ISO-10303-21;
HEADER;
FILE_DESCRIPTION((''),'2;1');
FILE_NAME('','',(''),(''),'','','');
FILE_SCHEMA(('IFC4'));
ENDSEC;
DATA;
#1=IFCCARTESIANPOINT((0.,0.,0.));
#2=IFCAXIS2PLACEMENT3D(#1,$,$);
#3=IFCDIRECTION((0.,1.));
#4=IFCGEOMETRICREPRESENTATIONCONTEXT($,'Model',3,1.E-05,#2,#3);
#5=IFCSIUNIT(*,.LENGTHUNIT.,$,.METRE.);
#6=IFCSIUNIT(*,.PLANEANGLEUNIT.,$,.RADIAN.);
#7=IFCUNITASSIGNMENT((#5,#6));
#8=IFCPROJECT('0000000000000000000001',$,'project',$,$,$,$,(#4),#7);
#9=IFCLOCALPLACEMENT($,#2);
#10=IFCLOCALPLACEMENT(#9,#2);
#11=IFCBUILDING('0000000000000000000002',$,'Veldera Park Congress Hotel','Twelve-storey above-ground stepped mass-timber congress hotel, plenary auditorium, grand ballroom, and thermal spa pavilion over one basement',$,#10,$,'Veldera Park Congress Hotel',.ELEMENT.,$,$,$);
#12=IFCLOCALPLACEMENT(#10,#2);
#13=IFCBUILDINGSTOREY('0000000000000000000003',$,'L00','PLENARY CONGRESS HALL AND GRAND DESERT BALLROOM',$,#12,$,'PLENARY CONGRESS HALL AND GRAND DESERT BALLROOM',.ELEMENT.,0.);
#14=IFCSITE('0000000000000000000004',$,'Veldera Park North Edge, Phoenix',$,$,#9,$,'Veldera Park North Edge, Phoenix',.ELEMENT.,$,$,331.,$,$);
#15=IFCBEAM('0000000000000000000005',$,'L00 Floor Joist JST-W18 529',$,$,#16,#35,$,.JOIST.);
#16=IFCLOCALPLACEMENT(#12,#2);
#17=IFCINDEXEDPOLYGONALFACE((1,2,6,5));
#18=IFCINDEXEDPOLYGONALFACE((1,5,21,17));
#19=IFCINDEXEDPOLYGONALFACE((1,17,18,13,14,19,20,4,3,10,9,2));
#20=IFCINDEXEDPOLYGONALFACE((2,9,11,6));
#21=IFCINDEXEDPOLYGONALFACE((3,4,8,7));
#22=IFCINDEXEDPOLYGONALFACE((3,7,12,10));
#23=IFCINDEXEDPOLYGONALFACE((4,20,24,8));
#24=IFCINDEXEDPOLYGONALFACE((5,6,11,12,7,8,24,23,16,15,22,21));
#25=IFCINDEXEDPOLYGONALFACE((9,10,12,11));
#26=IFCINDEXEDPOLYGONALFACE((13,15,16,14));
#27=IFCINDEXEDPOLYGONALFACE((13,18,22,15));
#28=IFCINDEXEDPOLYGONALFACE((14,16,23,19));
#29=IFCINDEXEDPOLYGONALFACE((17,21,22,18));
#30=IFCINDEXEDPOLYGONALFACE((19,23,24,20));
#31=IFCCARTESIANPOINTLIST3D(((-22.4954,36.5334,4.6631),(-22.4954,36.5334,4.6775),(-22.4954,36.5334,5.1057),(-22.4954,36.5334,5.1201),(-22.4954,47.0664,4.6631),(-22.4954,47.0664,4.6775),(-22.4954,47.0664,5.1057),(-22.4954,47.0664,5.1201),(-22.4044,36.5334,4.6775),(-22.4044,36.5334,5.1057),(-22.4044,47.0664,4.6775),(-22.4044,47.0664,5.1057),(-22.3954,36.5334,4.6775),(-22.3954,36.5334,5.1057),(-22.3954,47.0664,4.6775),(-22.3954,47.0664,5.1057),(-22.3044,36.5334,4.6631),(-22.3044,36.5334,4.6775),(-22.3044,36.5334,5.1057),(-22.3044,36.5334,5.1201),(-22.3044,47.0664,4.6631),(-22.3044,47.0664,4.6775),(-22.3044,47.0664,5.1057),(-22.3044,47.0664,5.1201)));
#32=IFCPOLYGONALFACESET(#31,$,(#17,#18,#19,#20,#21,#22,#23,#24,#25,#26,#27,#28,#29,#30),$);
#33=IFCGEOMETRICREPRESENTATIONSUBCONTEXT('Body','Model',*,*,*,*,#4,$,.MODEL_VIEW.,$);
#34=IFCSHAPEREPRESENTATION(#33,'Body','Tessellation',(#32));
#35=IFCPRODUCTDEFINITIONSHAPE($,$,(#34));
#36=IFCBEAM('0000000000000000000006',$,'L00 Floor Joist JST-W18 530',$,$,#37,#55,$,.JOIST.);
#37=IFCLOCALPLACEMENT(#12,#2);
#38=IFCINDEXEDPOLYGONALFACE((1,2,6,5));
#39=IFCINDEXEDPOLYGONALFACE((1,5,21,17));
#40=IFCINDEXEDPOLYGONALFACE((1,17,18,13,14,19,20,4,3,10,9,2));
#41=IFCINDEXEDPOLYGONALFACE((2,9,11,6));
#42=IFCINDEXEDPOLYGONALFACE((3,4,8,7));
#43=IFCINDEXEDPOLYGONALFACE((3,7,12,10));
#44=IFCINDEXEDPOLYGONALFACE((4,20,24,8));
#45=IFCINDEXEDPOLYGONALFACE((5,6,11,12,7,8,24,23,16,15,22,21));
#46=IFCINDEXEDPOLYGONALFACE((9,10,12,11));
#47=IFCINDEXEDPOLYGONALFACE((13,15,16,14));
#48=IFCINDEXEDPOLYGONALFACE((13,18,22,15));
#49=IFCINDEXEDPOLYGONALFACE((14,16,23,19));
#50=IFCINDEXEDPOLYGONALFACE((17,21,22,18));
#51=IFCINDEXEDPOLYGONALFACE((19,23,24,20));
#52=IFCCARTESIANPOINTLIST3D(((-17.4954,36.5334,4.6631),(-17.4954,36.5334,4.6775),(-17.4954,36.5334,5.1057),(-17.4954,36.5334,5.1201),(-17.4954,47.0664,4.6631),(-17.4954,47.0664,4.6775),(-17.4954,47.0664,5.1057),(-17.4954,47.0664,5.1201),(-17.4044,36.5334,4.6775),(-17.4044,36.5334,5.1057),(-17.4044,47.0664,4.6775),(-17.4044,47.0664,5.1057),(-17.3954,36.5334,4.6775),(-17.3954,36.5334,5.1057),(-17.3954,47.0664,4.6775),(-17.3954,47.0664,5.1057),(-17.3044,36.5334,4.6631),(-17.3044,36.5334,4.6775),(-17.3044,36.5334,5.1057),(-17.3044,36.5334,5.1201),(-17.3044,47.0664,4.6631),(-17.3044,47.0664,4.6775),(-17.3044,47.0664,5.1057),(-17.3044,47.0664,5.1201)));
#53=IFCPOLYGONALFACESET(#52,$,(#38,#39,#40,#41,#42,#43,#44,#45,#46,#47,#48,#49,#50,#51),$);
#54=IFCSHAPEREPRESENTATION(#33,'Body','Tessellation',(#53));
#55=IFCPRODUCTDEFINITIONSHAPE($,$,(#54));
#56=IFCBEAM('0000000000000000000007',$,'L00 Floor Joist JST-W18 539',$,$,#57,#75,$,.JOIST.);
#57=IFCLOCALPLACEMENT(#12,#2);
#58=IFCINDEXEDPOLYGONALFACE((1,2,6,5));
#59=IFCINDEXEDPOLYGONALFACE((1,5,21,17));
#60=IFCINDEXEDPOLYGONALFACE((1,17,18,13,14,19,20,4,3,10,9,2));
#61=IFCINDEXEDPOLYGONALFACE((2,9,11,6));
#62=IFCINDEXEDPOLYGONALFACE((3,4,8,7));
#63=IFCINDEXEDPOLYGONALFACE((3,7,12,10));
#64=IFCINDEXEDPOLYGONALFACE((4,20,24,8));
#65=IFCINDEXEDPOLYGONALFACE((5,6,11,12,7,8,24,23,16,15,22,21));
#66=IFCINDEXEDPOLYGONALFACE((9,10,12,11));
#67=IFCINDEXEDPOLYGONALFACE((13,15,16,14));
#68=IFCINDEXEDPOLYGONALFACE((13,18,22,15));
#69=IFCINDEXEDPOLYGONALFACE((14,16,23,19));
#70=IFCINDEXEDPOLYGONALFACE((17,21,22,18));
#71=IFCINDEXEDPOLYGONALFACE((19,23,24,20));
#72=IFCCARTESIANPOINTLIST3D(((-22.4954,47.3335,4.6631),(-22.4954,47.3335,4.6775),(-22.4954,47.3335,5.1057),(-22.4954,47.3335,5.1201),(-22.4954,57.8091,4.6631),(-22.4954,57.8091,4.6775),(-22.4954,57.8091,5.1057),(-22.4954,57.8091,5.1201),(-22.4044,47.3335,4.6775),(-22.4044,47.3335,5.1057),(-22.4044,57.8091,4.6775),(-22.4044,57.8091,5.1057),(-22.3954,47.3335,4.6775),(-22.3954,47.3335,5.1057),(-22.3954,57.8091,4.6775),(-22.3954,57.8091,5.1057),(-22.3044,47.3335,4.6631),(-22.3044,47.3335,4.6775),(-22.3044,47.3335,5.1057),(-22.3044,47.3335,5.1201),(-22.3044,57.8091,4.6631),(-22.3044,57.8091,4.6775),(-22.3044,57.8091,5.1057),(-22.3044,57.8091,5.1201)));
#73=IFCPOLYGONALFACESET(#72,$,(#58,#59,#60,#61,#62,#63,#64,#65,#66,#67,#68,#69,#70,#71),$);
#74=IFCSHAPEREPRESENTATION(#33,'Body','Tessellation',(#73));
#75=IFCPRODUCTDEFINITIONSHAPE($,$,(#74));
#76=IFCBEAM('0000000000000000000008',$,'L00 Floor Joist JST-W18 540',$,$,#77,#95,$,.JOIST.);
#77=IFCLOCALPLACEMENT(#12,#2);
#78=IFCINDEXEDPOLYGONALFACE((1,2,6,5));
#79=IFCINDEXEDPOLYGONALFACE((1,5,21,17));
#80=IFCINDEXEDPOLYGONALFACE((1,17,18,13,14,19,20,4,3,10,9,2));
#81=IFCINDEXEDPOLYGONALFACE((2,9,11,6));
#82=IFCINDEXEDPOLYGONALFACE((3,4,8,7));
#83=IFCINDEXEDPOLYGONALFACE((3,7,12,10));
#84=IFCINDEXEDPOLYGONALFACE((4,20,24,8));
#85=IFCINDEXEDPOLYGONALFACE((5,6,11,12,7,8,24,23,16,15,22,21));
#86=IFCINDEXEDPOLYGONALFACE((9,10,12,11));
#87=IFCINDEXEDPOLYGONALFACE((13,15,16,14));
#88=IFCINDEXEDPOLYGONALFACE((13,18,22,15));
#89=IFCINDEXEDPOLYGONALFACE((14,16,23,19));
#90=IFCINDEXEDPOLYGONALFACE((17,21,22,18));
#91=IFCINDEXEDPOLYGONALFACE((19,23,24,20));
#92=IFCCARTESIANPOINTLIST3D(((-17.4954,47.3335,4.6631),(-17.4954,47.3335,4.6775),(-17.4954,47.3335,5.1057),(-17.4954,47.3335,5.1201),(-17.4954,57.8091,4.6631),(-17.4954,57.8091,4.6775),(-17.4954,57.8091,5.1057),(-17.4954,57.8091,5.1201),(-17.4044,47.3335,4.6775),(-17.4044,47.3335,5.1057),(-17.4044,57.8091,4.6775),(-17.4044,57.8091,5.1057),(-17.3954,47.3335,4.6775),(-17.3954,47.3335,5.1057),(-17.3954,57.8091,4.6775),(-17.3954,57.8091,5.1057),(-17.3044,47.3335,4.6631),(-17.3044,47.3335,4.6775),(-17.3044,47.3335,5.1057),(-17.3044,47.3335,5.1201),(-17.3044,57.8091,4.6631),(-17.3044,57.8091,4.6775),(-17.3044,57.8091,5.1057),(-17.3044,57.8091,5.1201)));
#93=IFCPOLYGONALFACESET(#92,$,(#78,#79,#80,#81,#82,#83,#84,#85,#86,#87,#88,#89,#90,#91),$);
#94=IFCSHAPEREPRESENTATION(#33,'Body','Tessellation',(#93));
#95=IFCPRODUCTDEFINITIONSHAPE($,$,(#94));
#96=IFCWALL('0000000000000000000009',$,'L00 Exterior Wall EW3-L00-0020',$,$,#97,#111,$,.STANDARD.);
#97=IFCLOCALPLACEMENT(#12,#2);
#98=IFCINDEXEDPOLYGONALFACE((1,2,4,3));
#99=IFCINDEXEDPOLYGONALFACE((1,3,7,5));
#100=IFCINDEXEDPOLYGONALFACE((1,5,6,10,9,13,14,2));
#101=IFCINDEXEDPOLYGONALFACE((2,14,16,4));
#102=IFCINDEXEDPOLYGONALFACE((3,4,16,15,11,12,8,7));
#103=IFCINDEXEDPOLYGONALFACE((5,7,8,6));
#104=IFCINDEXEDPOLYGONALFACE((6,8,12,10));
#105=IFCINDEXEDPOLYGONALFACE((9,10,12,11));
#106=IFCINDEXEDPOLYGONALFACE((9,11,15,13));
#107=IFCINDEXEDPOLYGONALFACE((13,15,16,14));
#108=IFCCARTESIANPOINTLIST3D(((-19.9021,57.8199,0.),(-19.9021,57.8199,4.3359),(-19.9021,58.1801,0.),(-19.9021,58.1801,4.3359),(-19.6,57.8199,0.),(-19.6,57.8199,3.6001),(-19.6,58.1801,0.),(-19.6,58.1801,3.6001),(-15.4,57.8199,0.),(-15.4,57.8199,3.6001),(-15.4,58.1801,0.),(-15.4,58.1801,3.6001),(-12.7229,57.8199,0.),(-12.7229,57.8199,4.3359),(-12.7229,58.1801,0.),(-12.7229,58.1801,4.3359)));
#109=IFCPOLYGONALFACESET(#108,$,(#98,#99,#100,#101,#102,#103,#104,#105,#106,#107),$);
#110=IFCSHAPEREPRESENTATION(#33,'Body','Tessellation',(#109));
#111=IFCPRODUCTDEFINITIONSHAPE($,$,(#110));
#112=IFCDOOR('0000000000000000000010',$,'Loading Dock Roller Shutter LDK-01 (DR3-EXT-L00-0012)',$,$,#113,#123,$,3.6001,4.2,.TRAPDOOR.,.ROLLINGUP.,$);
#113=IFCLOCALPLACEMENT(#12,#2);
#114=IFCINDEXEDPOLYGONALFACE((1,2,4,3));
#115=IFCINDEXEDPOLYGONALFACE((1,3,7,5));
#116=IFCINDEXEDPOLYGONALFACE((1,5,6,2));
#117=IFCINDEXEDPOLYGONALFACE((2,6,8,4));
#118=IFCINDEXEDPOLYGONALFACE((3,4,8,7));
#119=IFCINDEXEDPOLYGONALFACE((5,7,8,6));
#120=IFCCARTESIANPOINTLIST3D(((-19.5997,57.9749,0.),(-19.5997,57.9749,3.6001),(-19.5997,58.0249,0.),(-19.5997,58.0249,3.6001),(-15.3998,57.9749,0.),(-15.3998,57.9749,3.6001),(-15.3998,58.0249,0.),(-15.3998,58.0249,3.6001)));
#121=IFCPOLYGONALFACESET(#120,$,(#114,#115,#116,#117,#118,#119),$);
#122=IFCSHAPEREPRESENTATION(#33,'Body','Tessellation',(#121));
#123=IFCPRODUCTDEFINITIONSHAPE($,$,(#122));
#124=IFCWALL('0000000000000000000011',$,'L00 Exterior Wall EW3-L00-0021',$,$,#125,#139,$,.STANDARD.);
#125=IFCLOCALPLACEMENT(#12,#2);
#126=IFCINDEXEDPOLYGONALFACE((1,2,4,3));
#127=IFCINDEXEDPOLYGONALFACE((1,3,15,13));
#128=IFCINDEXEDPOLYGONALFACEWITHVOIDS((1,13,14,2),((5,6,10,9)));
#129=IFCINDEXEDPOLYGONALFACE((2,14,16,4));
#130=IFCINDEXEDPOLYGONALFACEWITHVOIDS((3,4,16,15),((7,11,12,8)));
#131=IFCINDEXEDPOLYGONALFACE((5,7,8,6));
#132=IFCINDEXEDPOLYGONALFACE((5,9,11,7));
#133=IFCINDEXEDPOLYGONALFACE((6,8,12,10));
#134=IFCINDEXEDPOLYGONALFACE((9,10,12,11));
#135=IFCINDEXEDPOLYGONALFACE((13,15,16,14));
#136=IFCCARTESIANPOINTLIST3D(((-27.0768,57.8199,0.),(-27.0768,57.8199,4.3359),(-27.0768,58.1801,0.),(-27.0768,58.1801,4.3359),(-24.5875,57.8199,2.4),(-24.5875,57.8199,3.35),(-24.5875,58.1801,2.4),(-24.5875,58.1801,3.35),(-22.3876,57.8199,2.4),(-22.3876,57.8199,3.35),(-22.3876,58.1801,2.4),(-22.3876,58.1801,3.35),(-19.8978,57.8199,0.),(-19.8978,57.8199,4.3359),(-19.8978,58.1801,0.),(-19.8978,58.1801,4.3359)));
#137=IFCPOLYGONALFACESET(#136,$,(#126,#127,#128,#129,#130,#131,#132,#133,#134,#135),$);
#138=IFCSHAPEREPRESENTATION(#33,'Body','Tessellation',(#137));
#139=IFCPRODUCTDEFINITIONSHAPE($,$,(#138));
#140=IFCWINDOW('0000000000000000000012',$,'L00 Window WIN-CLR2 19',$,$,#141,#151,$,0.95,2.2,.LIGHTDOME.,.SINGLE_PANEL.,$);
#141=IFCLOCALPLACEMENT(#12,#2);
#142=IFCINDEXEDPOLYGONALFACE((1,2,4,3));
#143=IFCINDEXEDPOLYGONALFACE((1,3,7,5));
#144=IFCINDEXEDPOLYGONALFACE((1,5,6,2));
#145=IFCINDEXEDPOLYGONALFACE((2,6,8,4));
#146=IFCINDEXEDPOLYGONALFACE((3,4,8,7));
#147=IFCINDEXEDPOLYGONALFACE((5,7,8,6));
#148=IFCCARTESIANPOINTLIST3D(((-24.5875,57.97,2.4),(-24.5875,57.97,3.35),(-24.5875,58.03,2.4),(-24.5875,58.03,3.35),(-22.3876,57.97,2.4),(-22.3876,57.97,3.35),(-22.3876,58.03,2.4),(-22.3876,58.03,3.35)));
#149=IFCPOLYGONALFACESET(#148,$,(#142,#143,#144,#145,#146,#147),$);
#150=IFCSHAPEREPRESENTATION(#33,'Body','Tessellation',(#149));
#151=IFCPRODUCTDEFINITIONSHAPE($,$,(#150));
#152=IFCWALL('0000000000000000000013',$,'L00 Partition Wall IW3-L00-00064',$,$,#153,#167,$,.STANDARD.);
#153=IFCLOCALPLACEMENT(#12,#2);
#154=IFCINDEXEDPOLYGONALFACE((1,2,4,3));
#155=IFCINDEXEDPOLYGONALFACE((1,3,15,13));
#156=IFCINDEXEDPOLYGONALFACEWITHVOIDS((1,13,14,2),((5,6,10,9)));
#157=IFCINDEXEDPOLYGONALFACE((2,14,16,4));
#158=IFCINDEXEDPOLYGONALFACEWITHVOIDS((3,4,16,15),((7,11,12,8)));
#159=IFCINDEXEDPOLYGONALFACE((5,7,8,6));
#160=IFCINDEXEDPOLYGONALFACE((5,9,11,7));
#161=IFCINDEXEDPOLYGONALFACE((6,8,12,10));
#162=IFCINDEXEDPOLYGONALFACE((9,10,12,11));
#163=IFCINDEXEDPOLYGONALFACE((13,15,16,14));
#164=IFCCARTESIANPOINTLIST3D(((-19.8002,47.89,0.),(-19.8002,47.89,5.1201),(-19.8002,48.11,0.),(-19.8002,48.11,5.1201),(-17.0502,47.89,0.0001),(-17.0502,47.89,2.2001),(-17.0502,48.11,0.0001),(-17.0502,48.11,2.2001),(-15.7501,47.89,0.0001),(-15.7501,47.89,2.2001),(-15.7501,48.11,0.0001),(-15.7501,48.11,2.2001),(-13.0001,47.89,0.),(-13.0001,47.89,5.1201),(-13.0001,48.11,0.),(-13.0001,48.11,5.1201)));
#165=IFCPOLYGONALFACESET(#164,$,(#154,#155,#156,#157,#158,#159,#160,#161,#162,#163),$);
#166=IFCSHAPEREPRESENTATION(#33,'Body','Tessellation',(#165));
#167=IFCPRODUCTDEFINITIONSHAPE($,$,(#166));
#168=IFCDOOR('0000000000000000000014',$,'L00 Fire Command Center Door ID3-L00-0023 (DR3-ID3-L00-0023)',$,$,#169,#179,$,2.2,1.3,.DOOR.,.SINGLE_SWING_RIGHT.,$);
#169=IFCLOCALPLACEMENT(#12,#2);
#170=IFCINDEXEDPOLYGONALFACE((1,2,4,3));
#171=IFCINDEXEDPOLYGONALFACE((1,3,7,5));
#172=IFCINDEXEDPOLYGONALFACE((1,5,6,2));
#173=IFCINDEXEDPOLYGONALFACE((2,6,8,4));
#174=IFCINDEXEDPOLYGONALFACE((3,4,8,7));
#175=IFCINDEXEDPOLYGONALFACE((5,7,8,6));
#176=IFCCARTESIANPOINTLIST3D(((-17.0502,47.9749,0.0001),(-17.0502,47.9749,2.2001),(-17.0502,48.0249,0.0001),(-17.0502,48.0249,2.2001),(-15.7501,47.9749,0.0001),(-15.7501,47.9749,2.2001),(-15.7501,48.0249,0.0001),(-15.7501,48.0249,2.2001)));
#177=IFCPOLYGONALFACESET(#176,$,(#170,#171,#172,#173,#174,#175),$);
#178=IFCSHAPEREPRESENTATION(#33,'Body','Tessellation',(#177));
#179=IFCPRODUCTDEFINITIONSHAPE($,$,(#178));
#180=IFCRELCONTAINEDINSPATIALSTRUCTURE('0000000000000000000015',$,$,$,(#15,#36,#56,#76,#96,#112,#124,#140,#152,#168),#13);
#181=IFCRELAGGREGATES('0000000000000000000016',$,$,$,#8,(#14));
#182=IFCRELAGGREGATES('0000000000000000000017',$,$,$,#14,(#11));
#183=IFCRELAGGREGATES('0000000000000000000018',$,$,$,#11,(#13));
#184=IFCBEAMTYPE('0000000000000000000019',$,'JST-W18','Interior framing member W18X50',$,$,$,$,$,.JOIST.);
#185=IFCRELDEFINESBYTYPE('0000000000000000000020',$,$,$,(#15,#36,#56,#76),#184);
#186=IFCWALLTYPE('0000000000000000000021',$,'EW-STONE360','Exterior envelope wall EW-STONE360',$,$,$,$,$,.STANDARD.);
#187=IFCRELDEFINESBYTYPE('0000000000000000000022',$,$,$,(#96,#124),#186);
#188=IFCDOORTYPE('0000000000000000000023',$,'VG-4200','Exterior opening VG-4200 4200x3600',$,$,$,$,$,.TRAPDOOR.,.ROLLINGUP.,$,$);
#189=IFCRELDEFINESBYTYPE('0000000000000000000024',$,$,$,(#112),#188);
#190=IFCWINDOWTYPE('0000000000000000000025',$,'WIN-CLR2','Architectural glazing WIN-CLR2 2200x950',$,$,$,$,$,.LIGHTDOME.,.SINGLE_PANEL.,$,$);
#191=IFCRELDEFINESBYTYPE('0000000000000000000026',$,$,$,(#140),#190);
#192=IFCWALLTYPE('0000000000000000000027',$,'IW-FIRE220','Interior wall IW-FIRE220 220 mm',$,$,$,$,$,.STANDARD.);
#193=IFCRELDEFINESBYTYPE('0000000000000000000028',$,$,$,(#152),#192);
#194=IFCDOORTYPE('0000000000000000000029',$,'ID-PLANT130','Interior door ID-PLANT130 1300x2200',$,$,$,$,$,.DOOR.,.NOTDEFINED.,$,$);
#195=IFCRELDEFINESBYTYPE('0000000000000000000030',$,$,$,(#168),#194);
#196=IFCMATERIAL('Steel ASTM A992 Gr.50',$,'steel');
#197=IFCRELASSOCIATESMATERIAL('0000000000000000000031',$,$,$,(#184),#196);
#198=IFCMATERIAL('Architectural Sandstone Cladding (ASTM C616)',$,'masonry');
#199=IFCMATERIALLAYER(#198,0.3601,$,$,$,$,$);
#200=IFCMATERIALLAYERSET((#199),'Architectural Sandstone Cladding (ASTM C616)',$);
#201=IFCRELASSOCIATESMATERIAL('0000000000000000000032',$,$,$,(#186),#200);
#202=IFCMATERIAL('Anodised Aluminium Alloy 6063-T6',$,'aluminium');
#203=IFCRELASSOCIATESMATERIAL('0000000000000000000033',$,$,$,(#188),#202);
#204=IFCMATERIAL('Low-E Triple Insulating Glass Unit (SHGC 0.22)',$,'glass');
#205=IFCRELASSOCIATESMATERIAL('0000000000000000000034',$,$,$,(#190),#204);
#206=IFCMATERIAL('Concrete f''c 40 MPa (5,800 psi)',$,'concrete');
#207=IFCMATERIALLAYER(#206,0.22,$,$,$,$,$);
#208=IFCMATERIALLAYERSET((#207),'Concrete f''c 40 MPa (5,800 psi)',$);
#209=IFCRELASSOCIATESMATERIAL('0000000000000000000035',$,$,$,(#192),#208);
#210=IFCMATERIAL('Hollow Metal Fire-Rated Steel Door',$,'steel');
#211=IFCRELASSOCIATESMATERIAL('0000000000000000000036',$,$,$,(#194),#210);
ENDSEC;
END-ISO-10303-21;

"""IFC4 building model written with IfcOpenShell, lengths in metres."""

from ifc_helpers import new_model, si_unit, direction, frame, frame_2d, origin, origin_2d, place, context, subcontext, project, spatial, rectangle, i_section, extrude, material, layer, layer_set, material_profile, profile_set, type_object, element, fill, save


model = new_model("IFC4")

# Units and contexts
model_context = context("Model", 3, precision=1e-05, world=origin(), true_north=direction((0.0, 1.0)))
body_context = subcontext(model_context, "Body", "Model", "MODEL_VIEW")
ifc_project = project(units=[si_unit("LENGTHUNIT", "METRE"), si_unit("PLANEANGLEUNIT", "RADIAN")], contexts=[model_context])

# Site, building, storey
site_placement = place(None, origin())
site = spatial("IfcSite", under=ifc_project, at=site_placement, Name="Veldera Park North Edge, Phoenix", LongName="Veldera Park North Edge, Phoenix", CompositionType="ELEMENT", RefElevation=331.0)
building_placement = place(site_placement, origin())
building = spatial("IfcBuilding", under=site, at=building_placement, Name="Veldera Park Congress Hotel", Description="Twelve-storey above-ground stepped mass-timber congress hotel, plenary auditorium, grand ballroom, and thermal spa pavilion over one basement", LongName="Veldera Park Congress Hotel", CompositionType="ELEMENT")
storey_placement = place(building_placement, origin())
storey = spatial("IfcBuildingStorey", under=building, at=storey_placement, Name="L00", Description="PLENARY CONGRESS HALL AND GRAND DESERT BALLROOM", LongName="PLENARY CONGRESS HALL AND GRAND DESERT BALLROOM", CompositionType="ELEMENT", Elevation=0.0)

# Shared definitions
ifc_material_1 = material(Name="Concrete f'c 40 MPa (5,800 psi)", Category="concrete")

# Beams
ifc_material_2 = material(Name="Steel ASTM A992 Gr.50", Category="steel")
ifc_material_profile_1 = material_profile(ifc_material_2, i_section(OverallWidth=0.1909, OverallDepth=0.457, WebThickness=0.009, FlangeThickness=0.0144, at=origin_2d()), Name="W18X50")
ifc_profile_set_1 = profile_set([ifc_material_profile_1], Name="Steel ASTM A992 Gr.50")
beam_type_1 = type_object("IfcBeamType", Name="JST-W18", Description="Interior framing member W18X50", PredefinedType="JOIST", material=ifc_profile_set_1)
for number, where, z_axis, x_axis, name in (
    (1, (-22.3999, 36.5334, 4.8916), (0.0, 1.0, 0.0), (-1.0, 0.0, 0.0), "L00 Floor Joist JST-W18 529"),
    (2, (-17.3999, 36.5334, 4.8916), (0.0, 1.0, 0.0), (-1.0, 0.0, 0.0), "L00 Floor Joist JST-W18 530"),
):
    element("IfcBeam", number, at=place(storey_placement, frame(where, z_axis=z_axis, x_axis=x_axis)), inside=storey, type_object=beam_type_1, Name=name, PredefinedType="JOIST", context=body_context, shape_type="SweptSolid", body=[
        extrude(i_section(OverallWidth=0.1909, OverallDepth=0.457, WebThickness=0.009, FlangeThickness=0.0144, at=origin_2d()), origin(), (0.0, 0.0, 1.0), 10.533),
    ])
for number, where, z_axis, x_axis, name in (
    (3, (-22.3999, 47.3335, 4.8916), (0.0, 1.0, 0.0), (-1.0, 0.0, 0.0), "L00 Floor Joist JST-W18 539"),
    (4, (-17.3999, 47.3335, 4.8916), (0.0, 1.0, 0.0), (-1.0, 0.0, 0.0), "L00 Floor Joist JST-W18 540"),
):
    element("IfcBeam", number, at=place(storey_placement, frame(where, z_axis=z_axis, x_axis=x_axis)), inside=storey, type_object=beam_type_1, Name=name, PredefinedType="JOIST", context=body_context, shape_type="SweptSolid", body=[
        extrude(i_section(OverallWidth=0.1909, OverallDepth=0.457, WebThickness=0.009, FlangeThickness=0.0144, at=origin_2d()), origin(), (0.0, 0.0, 1.0), 10.4756),
    ])

# Wall, opening, door
ifc_material_3 = material(Name="Architectural Sandstone Cladding (ASTM C616)", Category="masonry")
ifc_layer_1 = layer(ifc_material_3, 0.3601)
ifc_layer_set_1 = layer_set([ifc_layer_1], Name="Architectural Sandstone Cladding (ASTM C616)")
wall_type_1 = type_object("IfcWallType", Name="EW-STONE360", Description="Exterior envelope wall EW-STONE360", PredefinedType="STANDARD", material=ifc_layer_set_1)
wall_1_placement = place(storey_placement, frame((-12.7229, 58.0, 0.0), z_axis=(0.0, 0.0, 1.0), x_axis=(-1.0, 0.0, 0.0)))
wall_1 = element("IfcWall", 5, at=wall_1_placement, inside=storey, type_object=wall_type_1, Name="L00 Exterior Wall EW3-L00-0020", PredefinedType="STANDARD", context=body_context, shape_type="SweptSolid", body=[
    extrude(rectangle(XDim=7.1792, YDim=0.3601, at=frame_2d((3.5896, 0.0))), origin(), (0.0, 0.0, 1.0), 4.3359),
])
opening_1_placement = place(wall_1_placement, frame((2.677, 0.0, 0.0)))
opening_1 = element("IfcOpeningElement", 6, at=opening_1_placement, cuts=wall_1, PredefinedType="OPENING", context=body_context, shape_type="SweptSolid", body=[
    extrude(rectangle(XDim=4.2, YDim=3.6001, at=frame_2d((2.1001, 1.8))), frame((0.0, 0.1921, 0.0), z_axis=(0.0, -1.0, 0.0), x_axis=(1.0, 0.0, 0.0)), (0.0, 0.0, 1.0), 0.384),
])
ifc_material_4 = material(Name="Anodised Aluminium Alloy 6063-T6", Category="aluminium")
door_type_1 = type_object("IfcDoorType", Name="VG-4200", Description="Exterior opening VG-4200 4200x3600", OperationType="ROLLINGUP", PredefinedType="TRAPDOOR", material=ifc_material_4)
door_1_placement = place(opening_1_placement, frame((4.2, 0.0, 0.0), z_axis=(0.0, 0.0, 1.0), x_axis=(-1.0, 0.0, 0.0)))
door_1 = element("IfcDoor", 7, at=door_1_placement, inside=storey, type_object=door_type_1, Name="Loading Dock Roller Shutter LDK-01 (DR3-EXT-L00-0012)", OperationType="ROLLINGUP", OverallHeight=3.6001, OverallWidth=4.2, PredefinedType="TRAPDOOR", context=body_context, shape_type="SweptSolid", body=[
    extrude(rectangle(XDim=4.2, YDim=3.6001, at=frame_2d((2.1001, 1.8))), frame((0.0, 0.0249, 0.0), z_axis=(0.0, -1.0, 0.0), x_axis=(1.0, 0.0, 0.0)), (0.0, 0.0, 1.0), 0.05),
])
fill(opening_1, door_1)

# Wall, opening, window
wall_2_placement = place(storey_placement, frame((-19.8979, 58.0, 0.0), z_axis=(0.0, 0.0, 1.0), x_axis=(-1.0, 0.0, 0.0)))
wall_2 = element("IfcWall", 8, at=wall_2_placement, inside=storey, type_object=wall_type_1, Name="L00 Exterior Wall EW3-L00-0021", PredefinedType="STANDARD", context=body_context, shape_type="SweptSolid", body=[
    extrude(rectangle(XDim=7.179, YDim=0.3601, at=frame_2d((3.5894, 0.0))), origin(), (0.0, 0.0, 1.0), 4.3359),
])
opening_2_placement = place(wall_2_placement, frame((2.4895, 0.0, 2.3999)))
opening_2 = element("IfcOpeningElement", 9, at=opening_2_placement, cuts=wall_2, PredefinedType="OPENING", context=body_context, shape_type="SweptSolid", body=[
    extrude(rectangle(XDim=2.2, YDim=0.95, at=frame_2d((1.1001, 0.4751))), frame((0.0, 0.1921, 0.0), z_axis=(0.0, -1.0, 0.0), x_axis=(1.0, 0.0, 0.0)), (0.0, 0.0, 1.0), 0.384),
])
ifc_material_5 = material(Name="Low-E Triple Insulating Glass Unit (SHGC 0.22)", Category="glass")
window_type = type_object("IfcWindowType", Name="WIN-CLR2", Description="Architectural glazing WIN-CLR2 2200x950", PartitioningType="SINGLE_PANEL", PredefinedType="LIGHTDOME", material=ifc_material_5)
window_placement = place(opening_2_placement, origin())
window = element("IfcWindow", 10, at=window_placement, inside=storey, type_object=window_type, Name="L00 Window WIN-CLR2 19", OverallHeight=0.95, OverallWidth=2.2, PartitioningType="SINGLE_PANEL", PredefinedType="LIGHTDOME", context=body_context, shape_type="SweptSolid", body=[
    extrude(rectangle(XDim=2.2, YDim=0.95, at=frame_2d((1.1001, 0.4751))), frame((0.0, 0.03, 0.0), z_axis=(0.0, -1.0, 0.0), x_axis=(1.0, 0.0, 0.0)), (0.0, 0.0, 1.0), 0.0601),
])
fill(opening_2, window)

# Wall, opening, door
ifc_layer_2 = layer(ifc_material_1, 0.22)
ifc_layer_set_2 = layer_set([ifc_layer_2], Name="Concrete f'c 40 MPa (5,800 psi)")
wall_type_2 = type_object("IfcWallType", Name="IW-FIRE220", Description="Interior wall IW-FIRE220 220 mm", PredefinedType="STANDARD", material=ifc_layer_set_2)
wall_3_placement = place(storey_placement, frame((-19.8, 48.0, 0.0), z_axis=(0.0, 0.0, 1.0), x_axis=(1.0, 0.0, 0.0)))
wall_3 = element("IfcWall", 11, at=wall_3_placement, inside=storey, type_object=wall_type_2, Name="L00 Partition Wall IW3-L00-00064", PredefinedType="STANDARD", context=body_context, shape_type="SweptSolid", body=[
    extrude(rectangle(XDim=6.8, YDim=0.22, at=frame_2d((3.3999, 0.0))), origin(), (0.0, 0.0, 1.0), 5.1201),
])
opening_3_placement = place(wall_3_placement, frame((2.75, 0.0, 0.0)))
opening_3 = element("IfcOpeningElement", 12, at=opening_3_placement, cuts=wall_3, PredefinedType="OPENING", context=body_context, shape_type="SweptSolid", body=[
    extrude(rectangle(XDim=1.3, YDim=2.2, at=frame_2d((0.6499, 1.1001))), frame((0.0, 0.1221, 0.0), z_axis=(0.0, -1.0, 0.0), x_axis=(1.0, 0.0, 0.0)), (0.0, 0.0, 1.0), 0.2439),
])
ifc_material_6 = material(Name="Hollow Metal Fire-Rated Steel Door", Category="steel")
door_type_2 = type_object("IfcDoorType", Name="ID-PLANT130", Description="Interior door ID-PLANT130 1300x2200", OperationType="NOTDEFINED", PredefinedType="DOOR", material=ifc_material_6)
door_2_placement = place(opening_3_placement, origin())
door_2 = element("IfcDoor", 13, at=door_2_placement, inside=storey, type_object=door_type_2, Name="L00 Fire Command Center Door ID3-L00-0023 (DR3-ID3-L00-0023)", OperationType="SINGLE_SWING_RIGHT", OverallHeight=2.2, OverallWidth=1.3, PredefinedType="DOOR", context=body_context, shape_type="SweptSolid", body=[
    extrude(rectangle(XDim=1.3, YDim=2.2, at=frame_2d((0.6499, 1.1001))), frame((0.0, 0.0249, 0.0), z_axis=(0.0, -1.0, 0.0), x_axis=(1.0, 0.0, 0.0)), (0.0, 0.0, 1.0), 0.05),
])
fill(opening_3, door_2)

save(model, "model.ifc")
